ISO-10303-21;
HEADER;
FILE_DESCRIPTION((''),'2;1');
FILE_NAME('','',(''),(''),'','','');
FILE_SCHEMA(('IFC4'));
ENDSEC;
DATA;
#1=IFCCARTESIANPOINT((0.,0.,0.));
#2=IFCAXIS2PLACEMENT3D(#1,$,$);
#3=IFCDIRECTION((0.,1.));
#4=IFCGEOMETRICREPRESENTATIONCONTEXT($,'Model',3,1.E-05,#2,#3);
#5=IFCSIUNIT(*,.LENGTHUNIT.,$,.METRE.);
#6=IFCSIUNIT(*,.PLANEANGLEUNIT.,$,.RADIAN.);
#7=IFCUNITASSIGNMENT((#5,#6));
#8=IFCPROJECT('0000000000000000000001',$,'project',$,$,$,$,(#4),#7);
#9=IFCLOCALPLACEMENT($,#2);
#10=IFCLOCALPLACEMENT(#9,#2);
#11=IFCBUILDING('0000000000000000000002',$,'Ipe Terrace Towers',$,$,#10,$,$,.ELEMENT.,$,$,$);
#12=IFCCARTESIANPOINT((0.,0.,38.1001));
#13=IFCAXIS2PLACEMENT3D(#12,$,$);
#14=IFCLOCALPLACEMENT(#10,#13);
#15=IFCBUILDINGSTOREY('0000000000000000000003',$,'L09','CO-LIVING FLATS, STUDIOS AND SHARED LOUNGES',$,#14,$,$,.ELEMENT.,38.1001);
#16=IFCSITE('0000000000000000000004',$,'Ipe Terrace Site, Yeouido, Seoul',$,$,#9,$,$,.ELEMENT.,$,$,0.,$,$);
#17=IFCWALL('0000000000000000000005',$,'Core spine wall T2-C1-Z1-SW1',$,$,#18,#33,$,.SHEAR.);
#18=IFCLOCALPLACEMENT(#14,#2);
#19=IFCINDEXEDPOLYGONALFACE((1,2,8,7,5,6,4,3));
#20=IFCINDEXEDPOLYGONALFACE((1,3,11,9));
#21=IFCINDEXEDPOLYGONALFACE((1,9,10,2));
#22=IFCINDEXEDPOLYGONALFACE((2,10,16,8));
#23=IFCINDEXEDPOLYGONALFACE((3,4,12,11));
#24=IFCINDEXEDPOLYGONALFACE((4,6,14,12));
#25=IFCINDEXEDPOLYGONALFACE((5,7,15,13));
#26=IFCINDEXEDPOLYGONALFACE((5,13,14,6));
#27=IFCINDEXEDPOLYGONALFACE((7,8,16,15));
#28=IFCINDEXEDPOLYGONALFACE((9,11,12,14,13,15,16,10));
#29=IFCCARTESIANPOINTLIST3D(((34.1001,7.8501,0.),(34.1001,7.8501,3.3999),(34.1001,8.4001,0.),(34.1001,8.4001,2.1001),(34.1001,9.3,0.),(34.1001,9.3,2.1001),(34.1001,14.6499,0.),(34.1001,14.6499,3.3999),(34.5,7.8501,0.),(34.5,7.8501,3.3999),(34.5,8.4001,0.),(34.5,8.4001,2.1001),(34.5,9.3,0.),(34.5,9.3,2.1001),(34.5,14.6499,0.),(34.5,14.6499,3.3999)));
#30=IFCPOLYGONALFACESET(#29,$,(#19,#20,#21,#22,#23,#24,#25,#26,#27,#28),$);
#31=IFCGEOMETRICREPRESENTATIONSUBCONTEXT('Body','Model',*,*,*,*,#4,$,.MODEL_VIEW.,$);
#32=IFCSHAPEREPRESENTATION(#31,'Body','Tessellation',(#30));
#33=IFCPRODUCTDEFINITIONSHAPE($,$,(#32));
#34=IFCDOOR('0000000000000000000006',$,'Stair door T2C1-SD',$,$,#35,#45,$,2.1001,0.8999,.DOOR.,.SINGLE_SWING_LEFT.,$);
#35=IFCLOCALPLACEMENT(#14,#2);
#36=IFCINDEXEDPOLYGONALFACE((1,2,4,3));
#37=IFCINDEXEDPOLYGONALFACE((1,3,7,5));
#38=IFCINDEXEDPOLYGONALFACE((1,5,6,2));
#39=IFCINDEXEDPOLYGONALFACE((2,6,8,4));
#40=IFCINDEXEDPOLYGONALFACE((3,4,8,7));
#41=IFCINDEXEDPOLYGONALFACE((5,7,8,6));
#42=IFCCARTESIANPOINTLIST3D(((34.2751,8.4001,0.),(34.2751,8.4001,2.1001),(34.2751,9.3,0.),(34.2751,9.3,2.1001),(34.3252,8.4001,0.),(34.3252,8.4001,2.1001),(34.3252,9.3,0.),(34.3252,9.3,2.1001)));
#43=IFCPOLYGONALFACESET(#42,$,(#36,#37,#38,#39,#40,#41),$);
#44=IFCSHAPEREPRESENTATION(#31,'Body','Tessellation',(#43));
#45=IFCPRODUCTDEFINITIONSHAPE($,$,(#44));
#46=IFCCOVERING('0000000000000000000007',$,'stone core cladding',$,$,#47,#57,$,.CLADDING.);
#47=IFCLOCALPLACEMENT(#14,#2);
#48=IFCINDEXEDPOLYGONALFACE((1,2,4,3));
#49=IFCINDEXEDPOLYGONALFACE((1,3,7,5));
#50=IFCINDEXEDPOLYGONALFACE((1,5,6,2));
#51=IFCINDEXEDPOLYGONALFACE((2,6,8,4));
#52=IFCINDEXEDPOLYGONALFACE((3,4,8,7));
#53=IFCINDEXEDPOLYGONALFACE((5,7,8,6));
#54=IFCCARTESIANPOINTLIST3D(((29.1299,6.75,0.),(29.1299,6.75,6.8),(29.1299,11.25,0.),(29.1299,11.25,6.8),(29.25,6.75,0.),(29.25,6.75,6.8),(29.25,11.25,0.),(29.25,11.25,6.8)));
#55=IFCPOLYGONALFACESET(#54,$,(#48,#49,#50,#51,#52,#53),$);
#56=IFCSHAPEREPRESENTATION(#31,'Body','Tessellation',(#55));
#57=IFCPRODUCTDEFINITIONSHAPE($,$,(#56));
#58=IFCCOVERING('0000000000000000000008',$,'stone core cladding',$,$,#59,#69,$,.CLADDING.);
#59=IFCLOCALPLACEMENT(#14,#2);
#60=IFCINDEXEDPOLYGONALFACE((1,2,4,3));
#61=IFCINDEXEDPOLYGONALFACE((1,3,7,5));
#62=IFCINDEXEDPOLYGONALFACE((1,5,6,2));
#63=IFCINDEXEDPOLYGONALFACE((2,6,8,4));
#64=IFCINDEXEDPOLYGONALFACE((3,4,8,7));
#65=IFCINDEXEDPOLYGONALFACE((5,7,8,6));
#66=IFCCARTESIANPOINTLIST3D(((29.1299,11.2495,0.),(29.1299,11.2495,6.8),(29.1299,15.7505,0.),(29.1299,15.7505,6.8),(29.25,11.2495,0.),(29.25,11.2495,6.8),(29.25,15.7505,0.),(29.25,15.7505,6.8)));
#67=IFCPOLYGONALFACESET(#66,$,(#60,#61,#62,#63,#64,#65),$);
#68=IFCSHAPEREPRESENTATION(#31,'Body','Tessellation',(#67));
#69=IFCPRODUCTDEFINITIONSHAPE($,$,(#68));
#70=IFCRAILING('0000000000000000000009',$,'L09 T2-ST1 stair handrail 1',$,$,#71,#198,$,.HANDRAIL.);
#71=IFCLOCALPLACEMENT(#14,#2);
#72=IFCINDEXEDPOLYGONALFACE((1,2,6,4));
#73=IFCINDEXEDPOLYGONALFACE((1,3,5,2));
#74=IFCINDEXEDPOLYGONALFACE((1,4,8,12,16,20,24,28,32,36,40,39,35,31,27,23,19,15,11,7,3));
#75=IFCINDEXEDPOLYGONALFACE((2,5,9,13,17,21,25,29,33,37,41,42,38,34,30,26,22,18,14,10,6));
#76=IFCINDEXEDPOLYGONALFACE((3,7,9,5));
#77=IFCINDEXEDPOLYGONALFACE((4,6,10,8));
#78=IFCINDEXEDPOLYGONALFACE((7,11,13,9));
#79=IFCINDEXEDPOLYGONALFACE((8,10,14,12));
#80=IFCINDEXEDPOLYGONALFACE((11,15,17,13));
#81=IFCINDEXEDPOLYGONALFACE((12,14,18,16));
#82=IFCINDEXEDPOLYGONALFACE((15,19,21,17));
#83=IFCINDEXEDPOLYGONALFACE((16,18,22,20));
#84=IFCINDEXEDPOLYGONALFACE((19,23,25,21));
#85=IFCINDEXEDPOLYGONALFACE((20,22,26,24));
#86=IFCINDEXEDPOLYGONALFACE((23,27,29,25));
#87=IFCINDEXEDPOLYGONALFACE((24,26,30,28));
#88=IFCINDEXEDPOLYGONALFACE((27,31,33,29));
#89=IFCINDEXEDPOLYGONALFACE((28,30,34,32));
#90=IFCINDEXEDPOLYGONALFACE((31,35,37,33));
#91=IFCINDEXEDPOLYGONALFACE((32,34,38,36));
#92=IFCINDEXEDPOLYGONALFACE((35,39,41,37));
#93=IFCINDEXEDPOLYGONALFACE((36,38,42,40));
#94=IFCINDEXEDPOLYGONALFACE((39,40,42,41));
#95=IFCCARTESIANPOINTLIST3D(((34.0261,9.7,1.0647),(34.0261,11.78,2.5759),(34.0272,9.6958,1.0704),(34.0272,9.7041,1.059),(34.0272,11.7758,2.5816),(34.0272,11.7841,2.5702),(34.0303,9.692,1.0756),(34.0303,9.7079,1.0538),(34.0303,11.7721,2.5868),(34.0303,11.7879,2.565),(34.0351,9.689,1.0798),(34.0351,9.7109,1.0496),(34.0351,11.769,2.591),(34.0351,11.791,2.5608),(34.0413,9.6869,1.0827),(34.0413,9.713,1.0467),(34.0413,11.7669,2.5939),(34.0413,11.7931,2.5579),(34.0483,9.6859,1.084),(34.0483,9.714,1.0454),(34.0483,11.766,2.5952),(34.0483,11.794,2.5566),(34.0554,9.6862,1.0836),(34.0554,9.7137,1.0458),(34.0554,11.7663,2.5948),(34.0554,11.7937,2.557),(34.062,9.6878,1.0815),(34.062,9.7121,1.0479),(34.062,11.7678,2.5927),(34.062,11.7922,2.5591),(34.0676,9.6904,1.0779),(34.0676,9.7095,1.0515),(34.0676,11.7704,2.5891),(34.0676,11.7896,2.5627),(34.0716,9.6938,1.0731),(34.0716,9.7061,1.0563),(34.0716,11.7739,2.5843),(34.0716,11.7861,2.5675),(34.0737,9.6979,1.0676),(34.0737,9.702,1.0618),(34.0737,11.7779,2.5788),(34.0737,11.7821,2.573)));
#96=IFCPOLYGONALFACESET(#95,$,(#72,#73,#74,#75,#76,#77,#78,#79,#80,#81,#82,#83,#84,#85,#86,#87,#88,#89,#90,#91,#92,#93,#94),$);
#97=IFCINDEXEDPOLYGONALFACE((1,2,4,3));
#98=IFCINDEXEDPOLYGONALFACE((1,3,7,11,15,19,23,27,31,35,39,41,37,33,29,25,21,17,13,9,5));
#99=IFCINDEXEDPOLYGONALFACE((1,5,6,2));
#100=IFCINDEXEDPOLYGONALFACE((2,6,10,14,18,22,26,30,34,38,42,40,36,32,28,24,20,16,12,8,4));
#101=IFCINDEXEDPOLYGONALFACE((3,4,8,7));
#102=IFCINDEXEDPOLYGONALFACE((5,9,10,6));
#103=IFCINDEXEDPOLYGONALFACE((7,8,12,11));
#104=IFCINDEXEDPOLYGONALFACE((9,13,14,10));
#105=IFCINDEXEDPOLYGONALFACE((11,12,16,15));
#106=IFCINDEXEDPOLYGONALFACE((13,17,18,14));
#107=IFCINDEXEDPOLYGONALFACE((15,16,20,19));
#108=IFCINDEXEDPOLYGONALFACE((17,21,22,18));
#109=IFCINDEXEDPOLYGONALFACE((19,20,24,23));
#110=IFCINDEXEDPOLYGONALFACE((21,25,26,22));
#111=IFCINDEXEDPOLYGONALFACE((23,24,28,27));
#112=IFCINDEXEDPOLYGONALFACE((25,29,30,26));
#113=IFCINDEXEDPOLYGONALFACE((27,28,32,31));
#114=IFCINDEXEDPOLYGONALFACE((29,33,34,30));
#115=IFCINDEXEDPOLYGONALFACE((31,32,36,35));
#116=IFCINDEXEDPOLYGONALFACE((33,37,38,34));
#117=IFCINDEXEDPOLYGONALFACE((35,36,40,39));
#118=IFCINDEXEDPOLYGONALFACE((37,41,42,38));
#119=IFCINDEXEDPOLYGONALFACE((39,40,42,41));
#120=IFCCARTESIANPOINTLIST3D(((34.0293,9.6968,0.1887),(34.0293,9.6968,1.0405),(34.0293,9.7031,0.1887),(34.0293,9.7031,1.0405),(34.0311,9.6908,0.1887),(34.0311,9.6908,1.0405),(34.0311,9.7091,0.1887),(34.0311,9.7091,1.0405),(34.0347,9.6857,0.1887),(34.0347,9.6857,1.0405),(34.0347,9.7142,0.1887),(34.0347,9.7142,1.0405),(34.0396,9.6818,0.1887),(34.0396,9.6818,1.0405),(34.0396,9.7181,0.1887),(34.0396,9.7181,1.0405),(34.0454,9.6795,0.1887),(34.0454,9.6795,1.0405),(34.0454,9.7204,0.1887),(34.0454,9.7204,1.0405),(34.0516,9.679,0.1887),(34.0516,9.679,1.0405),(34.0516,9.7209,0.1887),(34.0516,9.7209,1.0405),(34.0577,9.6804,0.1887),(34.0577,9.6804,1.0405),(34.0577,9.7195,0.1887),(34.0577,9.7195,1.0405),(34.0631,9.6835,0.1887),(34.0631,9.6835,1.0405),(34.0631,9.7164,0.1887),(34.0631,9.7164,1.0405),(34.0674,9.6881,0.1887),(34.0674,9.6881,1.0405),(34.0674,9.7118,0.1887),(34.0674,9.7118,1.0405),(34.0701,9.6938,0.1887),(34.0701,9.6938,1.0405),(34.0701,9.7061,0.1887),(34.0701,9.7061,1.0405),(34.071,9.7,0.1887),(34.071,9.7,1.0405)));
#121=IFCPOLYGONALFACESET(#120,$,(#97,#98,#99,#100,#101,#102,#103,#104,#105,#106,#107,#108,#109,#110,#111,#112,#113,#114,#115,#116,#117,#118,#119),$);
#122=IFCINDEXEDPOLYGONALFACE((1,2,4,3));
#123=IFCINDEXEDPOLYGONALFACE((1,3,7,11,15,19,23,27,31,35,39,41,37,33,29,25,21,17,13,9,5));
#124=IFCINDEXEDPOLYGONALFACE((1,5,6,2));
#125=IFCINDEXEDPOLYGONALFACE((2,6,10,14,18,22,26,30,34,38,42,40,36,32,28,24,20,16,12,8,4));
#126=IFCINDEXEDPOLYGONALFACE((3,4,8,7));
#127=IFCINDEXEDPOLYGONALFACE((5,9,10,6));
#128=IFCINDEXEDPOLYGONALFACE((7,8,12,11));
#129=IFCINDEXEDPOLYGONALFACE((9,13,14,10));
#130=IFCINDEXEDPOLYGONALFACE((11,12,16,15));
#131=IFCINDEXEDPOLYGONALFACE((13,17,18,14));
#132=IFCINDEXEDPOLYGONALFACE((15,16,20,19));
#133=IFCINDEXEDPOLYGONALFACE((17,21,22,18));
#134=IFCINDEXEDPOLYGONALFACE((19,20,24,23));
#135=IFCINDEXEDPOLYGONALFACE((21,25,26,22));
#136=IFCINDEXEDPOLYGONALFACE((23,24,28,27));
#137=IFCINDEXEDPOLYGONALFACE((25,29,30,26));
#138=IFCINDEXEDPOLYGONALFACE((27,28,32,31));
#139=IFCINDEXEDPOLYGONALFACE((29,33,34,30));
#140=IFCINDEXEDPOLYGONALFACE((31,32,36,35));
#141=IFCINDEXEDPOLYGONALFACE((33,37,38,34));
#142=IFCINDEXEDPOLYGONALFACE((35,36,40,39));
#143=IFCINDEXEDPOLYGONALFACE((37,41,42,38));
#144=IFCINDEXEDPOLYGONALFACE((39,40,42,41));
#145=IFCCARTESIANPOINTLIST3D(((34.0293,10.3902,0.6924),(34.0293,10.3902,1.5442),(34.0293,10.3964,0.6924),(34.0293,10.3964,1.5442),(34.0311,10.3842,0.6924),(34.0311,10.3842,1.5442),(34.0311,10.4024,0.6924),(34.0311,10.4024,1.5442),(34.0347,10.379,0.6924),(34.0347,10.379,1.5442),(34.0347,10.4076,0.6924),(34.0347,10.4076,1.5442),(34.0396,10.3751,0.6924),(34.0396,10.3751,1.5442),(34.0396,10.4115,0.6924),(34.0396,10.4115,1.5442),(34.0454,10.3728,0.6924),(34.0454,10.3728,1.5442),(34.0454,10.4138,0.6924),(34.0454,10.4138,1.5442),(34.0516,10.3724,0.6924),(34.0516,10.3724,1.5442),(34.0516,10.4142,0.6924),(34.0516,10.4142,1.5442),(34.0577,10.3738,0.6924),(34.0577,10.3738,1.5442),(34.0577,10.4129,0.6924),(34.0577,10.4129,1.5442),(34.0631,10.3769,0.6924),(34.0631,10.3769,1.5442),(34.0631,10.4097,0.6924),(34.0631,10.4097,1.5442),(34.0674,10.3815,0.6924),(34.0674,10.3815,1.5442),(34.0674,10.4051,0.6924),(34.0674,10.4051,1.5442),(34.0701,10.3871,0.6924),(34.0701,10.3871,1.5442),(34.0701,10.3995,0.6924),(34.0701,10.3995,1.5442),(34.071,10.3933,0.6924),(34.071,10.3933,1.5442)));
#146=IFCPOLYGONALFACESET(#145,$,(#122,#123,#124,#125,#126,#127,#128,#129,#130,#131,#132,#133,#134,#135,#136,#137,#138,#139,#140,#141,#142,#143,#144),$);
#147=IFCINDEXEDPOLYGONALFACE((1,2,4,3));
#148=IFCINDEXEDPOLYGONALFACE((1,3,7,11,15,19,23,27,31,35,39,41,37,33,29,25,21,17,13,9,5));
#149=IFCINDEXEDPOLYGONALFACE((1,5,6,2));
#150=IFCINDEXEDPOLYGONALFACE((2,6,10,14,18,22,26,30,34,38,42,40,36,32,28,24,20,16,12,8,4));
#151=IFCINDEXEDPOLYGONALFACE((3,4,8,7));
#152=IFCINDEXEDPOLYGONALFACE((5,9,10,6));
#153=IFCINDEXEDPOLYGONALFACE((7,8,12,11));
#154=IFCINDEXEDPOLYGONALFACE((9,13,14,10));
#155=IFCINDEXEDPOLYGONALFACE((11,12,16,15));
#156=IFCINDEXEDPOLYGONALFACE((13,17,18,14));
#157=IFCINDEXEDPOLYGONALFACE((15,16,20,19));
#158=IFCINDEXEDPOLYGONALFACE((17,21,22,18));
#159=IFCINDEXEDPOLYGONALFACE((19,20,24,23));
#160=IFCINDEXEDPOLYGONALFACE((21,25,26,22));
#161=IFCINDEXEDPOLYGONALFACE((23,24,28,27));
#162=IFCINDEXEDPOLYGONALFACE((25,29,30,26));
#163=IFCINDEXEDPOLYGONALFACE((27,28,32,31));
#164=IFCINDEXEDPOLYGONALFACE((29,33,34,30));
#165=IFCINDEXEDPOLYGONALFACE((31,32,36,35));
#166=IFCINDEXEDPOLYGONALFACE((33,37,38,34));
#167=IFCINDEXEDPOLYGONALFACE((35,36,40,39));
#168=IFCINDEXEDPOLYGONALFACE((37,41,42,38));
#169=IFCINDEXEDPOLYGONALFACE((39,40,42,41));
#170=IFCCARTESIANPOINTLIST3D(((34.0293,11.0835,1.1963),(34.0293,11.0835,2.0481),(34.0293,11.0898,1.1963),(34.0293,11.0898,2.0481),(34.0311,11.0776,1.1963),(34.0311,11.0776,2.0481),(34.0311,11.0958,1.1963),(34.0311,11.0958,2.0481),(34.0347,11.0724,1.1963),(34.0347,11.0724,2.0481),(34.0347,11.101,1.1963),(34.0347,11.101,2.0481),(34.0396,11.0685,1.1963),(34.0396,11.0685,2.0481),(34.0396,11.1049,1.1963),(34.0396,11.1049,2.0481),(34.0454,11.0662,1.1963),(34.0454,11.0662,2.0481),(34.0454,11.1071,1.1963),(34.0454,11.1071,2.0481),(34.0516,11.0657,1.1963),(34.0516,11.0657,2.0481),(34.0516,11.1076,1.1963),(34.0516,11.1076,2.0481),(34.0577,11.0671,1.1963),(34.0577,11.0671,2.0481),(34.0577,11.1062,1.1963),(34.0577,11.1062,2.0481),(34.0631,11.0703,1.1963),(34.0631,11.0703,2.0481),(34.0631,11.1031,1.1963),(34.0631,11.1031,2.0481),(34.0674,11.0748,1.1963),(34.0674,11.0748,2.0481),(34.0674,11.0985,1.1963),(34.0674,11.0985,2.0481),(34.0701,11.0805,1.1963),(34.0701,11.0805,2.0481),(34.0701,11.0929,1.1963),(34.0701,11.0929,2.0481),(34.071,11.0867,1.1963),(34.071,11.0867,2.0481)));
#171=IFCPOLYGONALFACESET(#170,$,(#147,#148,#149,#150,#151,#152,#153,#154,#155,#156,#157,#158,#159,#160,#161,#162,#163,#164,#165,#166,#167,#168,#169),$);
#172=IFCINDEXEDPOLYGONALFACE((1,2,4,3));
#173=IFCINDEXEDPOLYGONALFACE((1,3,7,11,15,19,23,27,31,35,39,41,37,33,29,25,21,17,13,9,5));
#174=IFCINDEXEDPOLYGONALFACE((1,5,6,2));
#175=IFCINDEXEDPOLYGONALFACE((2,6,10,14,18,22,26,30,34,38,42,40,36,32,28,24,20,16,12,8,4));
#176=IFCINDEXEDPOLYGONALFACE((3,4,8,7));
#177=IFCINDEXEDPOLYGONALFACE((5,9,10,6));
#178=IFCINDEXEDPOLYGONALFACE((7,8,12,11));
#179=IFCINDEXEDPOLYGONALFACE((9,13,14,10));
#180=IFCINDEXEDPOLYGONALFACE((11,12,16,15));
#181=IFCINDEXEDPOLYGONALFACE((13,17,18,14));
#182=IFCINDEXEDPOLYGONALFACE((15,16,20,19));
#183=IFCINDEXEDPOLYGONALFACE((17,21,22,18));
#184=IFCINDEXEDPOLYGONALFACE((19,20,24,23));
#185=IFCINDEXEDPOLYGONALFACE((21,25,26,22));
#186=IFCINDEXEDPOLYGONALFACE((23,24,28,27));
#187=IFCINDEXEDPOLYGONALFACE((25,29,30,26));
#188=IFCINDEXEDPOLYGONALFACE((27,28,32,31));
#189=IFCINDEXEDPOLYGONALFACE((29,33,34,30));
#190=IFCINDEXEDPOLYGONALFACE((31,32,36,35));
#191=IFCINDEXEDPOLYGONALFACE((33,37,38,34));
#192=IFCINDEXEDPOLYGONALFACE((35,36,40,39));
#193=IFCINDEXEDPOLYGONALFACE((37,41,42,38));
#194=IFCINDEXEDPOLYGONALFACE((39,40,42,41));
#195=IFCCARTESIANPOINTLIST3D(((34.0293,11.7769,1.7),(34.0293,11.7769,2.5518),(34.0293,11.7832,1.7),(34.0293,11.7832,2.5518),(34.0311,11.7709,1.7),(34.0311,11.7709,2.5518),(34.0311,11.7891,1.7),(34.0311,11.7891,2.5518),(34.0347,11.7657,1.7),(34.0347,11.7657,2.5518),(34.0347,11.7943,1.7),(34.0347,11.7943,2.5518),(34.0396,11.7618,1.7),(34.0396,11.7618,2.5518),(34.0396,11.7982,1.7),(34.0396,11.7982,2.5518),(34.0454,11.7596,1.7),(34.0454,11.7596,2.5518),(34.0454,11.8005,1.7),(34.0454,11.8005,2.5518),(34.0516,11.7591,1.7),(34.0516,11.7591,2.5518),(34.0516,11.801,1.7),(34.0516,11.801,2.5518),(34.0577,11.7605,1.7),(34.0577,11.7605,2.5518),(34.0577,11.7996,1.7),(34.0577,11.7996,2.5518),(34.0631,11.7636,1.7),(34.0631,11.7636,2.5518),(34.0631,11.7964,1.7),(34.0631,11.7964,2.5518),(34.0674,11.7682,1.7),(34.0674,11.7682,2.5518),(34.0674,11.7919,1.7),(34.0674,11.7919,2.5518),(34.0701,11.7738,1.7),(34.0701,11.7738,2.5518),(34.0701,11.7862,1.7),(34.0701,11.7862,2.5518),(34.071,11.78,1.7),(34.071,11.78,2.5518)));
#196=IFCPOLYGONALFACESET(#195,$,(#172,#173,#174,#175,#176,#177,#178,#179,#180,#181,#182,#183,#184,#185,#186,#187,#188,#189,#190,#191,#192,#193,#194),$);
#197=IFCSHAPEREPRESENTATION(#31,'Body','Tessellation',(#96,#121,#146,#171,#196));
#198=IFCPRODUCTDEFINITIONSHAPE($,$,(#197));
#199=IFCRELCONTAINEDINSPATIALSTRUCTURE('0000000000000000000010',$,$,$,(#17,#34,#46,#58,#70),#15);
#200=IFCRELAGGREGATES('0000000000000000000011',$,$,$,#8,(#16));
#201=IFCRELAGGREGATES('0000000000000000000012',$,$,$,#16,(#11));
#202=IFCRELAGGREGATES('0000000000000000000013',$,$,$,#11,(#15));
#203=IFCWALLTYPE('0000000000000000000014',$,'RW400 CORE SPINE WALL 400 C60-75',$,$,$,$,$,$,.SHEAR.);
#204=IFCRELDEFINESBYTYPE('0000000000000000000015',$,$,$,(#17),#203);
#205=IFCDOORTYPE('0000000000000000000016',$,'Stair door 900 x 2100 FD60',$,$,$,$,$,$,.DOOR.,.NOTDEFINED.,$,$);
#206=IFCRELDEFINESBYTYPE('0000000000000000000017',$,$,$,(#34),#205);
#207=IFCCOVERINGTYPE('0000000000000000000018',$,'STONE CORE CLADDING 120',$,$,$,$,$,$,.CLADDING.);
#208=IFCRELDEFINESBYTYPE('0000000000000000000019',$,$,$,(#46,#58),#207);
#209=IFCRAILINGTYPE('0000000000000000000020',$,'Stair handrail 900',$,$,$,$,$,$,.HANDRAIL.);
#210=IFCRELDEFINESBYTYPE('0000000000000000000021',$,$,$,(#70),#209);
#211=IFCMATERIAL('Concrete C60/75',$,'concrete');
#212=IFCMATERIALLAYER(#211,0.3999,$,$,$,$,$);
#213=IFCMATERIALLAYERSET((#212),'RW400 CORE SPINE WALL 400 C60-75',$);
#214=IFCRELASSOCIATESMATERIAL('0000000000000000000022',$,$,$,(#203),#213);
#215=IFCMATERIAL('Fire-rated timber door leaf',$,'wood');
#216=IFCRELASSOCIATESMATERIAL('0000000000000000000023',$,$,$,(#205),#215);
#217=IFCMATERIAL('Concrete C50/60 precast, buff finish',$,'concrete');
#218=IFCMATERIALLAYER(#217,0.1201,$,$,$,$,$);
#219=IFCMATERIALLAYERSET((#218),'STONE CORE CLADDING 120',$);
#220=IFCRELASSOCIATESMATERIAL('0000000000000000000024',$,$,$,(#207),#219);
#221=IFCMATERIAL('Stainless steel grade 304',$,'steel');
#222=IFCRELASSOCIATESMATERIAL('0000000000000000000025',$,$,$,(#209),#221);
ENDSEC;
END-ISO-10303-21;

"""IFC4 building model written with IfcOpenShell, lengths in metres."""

from ifc_helpers import new_model, si_unit, direction, frame, frame_2d, origin, origin_2d, place, context, subcontext, project, spatial, rectangle, circle, extrude, material, layer, layer_set, type_object, element, fill, save


model = new_model("IFC4")

# Units and contexts
model_context = context("Model", 3, precision=1e-05, world=origin(), true_north=direction((0.0, 1.0)))
body_context = subcontext(model_context, "Body", "Model", "MODEL_VIEW")
ifc_project = project(units=[si_unit("LENGTHUNIT", "METRE"), si_unit("PLANEANGLEUNIT", "RADIAN")], contexts=[model_context])

# Site, building, storey
site_placement = place(None, origin())
site = spatial("IfcSite", under=ifc_project, at=site_placement, Name="Ipe Terrace Site, Yeouido, Seoul", CompositionType="ELEMENT", RefElevation=0.0)
building_placement = place(site_placement, origin())
building = spatial("IfcBuilding", under=site, at=building_placement, Name="Ipe Terrace Towers", CompositionType="ELEMENT")
storey_placement = place(building_placement, frame((0.0, 0.0, 38.1001)))
storey = spatial("IfcBuildingStorey", under=building, at=storey_placement, Name="L09", Description="CO-LIVING FLATS, STUDIOS AND SHARED LOUNGES", CompositionType="ELEMENT", Elevation=38.1001)

# Wall, opening, door
ifc_material_1 = material(Name="Concrete C60/75", Category="concrete")
ifc_layer_1 = layer(ifc_material_1, 0.3999)
ifc_layer_set_1 = layer_set([ifc_layer_1], Name="RW400 CORE SPINE WALL 400 C60-75")
wall_type_1 = type_object("IfcWallType", Name="RW400 CORE SPINE WALL 400 C60-75", PredefinedType="SHEAR", material=ifc_layer_set_1)
wall_1_placement = place(storey_placement, frame((34.3, 7.8501, 0.0), z_axis=(0.0, 0.0, 1.0), x_axis=(0.0, 1.0, 0.0)))
wall_1 = element("IfcWall", 1, at=wall_1_placement, inside=storey, type_object=wall_type_1, Name="Core spine wall T2-C1-Z1-SW1", PredefinedType="SHEAR", context=body_context, shape_type="SweptSolid", body=[
    extrude(rectangle(XDim=6.7998, YDim=0.3999, at=frame_2d((3.3999, 0.0))), origin(), (0.0, 0.0, 1.0), 3.3999),
])
opening_1_placement = place(wall_1_placement, frame((0.55, 0.0, 0.0)))
opening_1 = element("IfcOpeningElement", 2, at=opening_1_placement, cuts=wall_1, PredefinedType="OPENING", context=body_context, shape_type="SweptSolid", body=[
    extrude(rectangle(XDim=0.8999, YDim=2.1001, at=frame_2d((0.45, 1.05))), frame((0.0, 0.21, 0.0), z_axis=(0.0, -1.0, 0.0), x_axis=(1.0, 0.0, 0.0)), (0.0, 0.0, 1.0), 0.4199),
])
ifc_material_2 = material(Name="Fire-rated timber door leaf", Category="wood")
door_type_1 = type_object("IfcDoorType", Name="Stair door 900 x 2100 FD60", OperationType="NOTDEFINED", PredefinedType="DOOR", material=ifc_material_2)
door_1_placement = place(opening_1_placement, origin())
door_1 = element("IfcDoor", 3, at=door_1_placement, inside=storey, type_object=door_type_1, Name="Stair door T2C1-SD", OperationType="SINGLE_SWING_LEFT", OverallHeight=2.1001, OverallWidth=0.8999, PredefinedType="DOOR", context=body_context, shape_type="SweptSolid", body=[
    extrude(rectangle(XDim=0.8999, YDim=2.1001, at=frame_2d((0.45, 1.05))), frame((0.0, 0.0249, 0.0), z_axis=(0.0, -1.0, 0.0), x_axis=(1.0, 0.0, 0.0)), (0.0, 0.0, 1.0), 0.05),
])
fill(opening_1, door_1)

# Coverings
ifc_material_3 = material(Name="Concrete C50/60 precast, buff finish", Category="concrete")
ifc_layer_2 = layer(ifc_material_3, 0.1201)
ifc_layer_set_2 = layer_set([ifc_layer_2], Name="STONE CORE CLADDING 120")
covering_type = type_object("IfcCoveringType", Name="STONE CORE CLADDING 120", PredefinedType="CLADDING", material=ifc_layer_set_2)
covering_1_placement = place(storey_placement, frame((29.1899, 9.0, 0.0), z_axis=(0.0, 0.0, 1.0), x_axis=(0.0, -1.0, 0.0)))
element("IfcCovering", 4, at=covering_1_placement, inside=storey, type_object=covering_type, Name="stone core cladding", PredefinedType="CLADDING", context=body_context, shape_type="SweptSolid", body=[
    extrude(rectangle(XDim=4.5, YDim=0.1201, at=origin_2d()), origin(), (0.0, 0.0, 1.0), 6.8),
])
covering_2_placement = place(storey_placement, frame((29.1899, 13.5, 0.0), z_axis=(0.0, 0.0, 1.0), x_axis=(0.0, -1.0, 0.0)))
element("IfcCovering", 5, at=covering_2_placement, inside=storey, type_object=covering_type, Name="stone core cladding", PredefinedType="CLADDING", context=body_context, shape_type="SweptSolid", body=[
    extrude(rectangle(XDim=4.501, YDim=0.1201, at=origin_2d()), origin(), (0.0, 0.0, 1.0), 6.8),
])

# Railing
ifc_material_4 = material(Name="Stainless steel grade 304", Category="steel")
railing_type_1 = type_object("IfcRailingType", Name="Stair handrail 900", PredefinedType="HANDRAIL", material=ifc_material_4)
railing_1_placement = place(storey_placement, frame((34.05, 9.7, 0.1887)))
element("IfcRailing", 6, at=railing_1_placement, inside=storey, type_object=railing_type_1, Name="L09 T2-ST1 stair handrail 1", PredefinedType="HANDRAIL", context=body_context, shape_type="SweptSolid", body=[
    extrude(circle(Radius=0.0239, at=origin_2d()), frame((0.0, 0.0, 0.876), z_axis=(0.0, 0.809023, 0.587776), x_axis=(-1.0, 0.0, 0.0)), (0.0, 0.0, 1.0), 2.571),
    extrude(circle(Radius=0.021, at=origin_2d()), origin(), (0.0, 0.0, 1.0), 0.8518),
    extrude(circle(Radius=0.021, at=origin_2d()), frame((0.0, 0.6934, 0.5037)), (0.0, 0.0, 1.0), 0.8518),
    extrude(circle(Radius=0.021, at=origin_2d()), frame((0.0, 1.3867, 1.0076)), (0.0, 0.0, 1.0), 0.8518),
    extrude(circle(Radius=0.021, at=origin_2d()), frame((0.0, 2.0801, 1.5112)), (0.0, 0.0, 1.0), 0.8518),
])

save(model, "model.ifc")
